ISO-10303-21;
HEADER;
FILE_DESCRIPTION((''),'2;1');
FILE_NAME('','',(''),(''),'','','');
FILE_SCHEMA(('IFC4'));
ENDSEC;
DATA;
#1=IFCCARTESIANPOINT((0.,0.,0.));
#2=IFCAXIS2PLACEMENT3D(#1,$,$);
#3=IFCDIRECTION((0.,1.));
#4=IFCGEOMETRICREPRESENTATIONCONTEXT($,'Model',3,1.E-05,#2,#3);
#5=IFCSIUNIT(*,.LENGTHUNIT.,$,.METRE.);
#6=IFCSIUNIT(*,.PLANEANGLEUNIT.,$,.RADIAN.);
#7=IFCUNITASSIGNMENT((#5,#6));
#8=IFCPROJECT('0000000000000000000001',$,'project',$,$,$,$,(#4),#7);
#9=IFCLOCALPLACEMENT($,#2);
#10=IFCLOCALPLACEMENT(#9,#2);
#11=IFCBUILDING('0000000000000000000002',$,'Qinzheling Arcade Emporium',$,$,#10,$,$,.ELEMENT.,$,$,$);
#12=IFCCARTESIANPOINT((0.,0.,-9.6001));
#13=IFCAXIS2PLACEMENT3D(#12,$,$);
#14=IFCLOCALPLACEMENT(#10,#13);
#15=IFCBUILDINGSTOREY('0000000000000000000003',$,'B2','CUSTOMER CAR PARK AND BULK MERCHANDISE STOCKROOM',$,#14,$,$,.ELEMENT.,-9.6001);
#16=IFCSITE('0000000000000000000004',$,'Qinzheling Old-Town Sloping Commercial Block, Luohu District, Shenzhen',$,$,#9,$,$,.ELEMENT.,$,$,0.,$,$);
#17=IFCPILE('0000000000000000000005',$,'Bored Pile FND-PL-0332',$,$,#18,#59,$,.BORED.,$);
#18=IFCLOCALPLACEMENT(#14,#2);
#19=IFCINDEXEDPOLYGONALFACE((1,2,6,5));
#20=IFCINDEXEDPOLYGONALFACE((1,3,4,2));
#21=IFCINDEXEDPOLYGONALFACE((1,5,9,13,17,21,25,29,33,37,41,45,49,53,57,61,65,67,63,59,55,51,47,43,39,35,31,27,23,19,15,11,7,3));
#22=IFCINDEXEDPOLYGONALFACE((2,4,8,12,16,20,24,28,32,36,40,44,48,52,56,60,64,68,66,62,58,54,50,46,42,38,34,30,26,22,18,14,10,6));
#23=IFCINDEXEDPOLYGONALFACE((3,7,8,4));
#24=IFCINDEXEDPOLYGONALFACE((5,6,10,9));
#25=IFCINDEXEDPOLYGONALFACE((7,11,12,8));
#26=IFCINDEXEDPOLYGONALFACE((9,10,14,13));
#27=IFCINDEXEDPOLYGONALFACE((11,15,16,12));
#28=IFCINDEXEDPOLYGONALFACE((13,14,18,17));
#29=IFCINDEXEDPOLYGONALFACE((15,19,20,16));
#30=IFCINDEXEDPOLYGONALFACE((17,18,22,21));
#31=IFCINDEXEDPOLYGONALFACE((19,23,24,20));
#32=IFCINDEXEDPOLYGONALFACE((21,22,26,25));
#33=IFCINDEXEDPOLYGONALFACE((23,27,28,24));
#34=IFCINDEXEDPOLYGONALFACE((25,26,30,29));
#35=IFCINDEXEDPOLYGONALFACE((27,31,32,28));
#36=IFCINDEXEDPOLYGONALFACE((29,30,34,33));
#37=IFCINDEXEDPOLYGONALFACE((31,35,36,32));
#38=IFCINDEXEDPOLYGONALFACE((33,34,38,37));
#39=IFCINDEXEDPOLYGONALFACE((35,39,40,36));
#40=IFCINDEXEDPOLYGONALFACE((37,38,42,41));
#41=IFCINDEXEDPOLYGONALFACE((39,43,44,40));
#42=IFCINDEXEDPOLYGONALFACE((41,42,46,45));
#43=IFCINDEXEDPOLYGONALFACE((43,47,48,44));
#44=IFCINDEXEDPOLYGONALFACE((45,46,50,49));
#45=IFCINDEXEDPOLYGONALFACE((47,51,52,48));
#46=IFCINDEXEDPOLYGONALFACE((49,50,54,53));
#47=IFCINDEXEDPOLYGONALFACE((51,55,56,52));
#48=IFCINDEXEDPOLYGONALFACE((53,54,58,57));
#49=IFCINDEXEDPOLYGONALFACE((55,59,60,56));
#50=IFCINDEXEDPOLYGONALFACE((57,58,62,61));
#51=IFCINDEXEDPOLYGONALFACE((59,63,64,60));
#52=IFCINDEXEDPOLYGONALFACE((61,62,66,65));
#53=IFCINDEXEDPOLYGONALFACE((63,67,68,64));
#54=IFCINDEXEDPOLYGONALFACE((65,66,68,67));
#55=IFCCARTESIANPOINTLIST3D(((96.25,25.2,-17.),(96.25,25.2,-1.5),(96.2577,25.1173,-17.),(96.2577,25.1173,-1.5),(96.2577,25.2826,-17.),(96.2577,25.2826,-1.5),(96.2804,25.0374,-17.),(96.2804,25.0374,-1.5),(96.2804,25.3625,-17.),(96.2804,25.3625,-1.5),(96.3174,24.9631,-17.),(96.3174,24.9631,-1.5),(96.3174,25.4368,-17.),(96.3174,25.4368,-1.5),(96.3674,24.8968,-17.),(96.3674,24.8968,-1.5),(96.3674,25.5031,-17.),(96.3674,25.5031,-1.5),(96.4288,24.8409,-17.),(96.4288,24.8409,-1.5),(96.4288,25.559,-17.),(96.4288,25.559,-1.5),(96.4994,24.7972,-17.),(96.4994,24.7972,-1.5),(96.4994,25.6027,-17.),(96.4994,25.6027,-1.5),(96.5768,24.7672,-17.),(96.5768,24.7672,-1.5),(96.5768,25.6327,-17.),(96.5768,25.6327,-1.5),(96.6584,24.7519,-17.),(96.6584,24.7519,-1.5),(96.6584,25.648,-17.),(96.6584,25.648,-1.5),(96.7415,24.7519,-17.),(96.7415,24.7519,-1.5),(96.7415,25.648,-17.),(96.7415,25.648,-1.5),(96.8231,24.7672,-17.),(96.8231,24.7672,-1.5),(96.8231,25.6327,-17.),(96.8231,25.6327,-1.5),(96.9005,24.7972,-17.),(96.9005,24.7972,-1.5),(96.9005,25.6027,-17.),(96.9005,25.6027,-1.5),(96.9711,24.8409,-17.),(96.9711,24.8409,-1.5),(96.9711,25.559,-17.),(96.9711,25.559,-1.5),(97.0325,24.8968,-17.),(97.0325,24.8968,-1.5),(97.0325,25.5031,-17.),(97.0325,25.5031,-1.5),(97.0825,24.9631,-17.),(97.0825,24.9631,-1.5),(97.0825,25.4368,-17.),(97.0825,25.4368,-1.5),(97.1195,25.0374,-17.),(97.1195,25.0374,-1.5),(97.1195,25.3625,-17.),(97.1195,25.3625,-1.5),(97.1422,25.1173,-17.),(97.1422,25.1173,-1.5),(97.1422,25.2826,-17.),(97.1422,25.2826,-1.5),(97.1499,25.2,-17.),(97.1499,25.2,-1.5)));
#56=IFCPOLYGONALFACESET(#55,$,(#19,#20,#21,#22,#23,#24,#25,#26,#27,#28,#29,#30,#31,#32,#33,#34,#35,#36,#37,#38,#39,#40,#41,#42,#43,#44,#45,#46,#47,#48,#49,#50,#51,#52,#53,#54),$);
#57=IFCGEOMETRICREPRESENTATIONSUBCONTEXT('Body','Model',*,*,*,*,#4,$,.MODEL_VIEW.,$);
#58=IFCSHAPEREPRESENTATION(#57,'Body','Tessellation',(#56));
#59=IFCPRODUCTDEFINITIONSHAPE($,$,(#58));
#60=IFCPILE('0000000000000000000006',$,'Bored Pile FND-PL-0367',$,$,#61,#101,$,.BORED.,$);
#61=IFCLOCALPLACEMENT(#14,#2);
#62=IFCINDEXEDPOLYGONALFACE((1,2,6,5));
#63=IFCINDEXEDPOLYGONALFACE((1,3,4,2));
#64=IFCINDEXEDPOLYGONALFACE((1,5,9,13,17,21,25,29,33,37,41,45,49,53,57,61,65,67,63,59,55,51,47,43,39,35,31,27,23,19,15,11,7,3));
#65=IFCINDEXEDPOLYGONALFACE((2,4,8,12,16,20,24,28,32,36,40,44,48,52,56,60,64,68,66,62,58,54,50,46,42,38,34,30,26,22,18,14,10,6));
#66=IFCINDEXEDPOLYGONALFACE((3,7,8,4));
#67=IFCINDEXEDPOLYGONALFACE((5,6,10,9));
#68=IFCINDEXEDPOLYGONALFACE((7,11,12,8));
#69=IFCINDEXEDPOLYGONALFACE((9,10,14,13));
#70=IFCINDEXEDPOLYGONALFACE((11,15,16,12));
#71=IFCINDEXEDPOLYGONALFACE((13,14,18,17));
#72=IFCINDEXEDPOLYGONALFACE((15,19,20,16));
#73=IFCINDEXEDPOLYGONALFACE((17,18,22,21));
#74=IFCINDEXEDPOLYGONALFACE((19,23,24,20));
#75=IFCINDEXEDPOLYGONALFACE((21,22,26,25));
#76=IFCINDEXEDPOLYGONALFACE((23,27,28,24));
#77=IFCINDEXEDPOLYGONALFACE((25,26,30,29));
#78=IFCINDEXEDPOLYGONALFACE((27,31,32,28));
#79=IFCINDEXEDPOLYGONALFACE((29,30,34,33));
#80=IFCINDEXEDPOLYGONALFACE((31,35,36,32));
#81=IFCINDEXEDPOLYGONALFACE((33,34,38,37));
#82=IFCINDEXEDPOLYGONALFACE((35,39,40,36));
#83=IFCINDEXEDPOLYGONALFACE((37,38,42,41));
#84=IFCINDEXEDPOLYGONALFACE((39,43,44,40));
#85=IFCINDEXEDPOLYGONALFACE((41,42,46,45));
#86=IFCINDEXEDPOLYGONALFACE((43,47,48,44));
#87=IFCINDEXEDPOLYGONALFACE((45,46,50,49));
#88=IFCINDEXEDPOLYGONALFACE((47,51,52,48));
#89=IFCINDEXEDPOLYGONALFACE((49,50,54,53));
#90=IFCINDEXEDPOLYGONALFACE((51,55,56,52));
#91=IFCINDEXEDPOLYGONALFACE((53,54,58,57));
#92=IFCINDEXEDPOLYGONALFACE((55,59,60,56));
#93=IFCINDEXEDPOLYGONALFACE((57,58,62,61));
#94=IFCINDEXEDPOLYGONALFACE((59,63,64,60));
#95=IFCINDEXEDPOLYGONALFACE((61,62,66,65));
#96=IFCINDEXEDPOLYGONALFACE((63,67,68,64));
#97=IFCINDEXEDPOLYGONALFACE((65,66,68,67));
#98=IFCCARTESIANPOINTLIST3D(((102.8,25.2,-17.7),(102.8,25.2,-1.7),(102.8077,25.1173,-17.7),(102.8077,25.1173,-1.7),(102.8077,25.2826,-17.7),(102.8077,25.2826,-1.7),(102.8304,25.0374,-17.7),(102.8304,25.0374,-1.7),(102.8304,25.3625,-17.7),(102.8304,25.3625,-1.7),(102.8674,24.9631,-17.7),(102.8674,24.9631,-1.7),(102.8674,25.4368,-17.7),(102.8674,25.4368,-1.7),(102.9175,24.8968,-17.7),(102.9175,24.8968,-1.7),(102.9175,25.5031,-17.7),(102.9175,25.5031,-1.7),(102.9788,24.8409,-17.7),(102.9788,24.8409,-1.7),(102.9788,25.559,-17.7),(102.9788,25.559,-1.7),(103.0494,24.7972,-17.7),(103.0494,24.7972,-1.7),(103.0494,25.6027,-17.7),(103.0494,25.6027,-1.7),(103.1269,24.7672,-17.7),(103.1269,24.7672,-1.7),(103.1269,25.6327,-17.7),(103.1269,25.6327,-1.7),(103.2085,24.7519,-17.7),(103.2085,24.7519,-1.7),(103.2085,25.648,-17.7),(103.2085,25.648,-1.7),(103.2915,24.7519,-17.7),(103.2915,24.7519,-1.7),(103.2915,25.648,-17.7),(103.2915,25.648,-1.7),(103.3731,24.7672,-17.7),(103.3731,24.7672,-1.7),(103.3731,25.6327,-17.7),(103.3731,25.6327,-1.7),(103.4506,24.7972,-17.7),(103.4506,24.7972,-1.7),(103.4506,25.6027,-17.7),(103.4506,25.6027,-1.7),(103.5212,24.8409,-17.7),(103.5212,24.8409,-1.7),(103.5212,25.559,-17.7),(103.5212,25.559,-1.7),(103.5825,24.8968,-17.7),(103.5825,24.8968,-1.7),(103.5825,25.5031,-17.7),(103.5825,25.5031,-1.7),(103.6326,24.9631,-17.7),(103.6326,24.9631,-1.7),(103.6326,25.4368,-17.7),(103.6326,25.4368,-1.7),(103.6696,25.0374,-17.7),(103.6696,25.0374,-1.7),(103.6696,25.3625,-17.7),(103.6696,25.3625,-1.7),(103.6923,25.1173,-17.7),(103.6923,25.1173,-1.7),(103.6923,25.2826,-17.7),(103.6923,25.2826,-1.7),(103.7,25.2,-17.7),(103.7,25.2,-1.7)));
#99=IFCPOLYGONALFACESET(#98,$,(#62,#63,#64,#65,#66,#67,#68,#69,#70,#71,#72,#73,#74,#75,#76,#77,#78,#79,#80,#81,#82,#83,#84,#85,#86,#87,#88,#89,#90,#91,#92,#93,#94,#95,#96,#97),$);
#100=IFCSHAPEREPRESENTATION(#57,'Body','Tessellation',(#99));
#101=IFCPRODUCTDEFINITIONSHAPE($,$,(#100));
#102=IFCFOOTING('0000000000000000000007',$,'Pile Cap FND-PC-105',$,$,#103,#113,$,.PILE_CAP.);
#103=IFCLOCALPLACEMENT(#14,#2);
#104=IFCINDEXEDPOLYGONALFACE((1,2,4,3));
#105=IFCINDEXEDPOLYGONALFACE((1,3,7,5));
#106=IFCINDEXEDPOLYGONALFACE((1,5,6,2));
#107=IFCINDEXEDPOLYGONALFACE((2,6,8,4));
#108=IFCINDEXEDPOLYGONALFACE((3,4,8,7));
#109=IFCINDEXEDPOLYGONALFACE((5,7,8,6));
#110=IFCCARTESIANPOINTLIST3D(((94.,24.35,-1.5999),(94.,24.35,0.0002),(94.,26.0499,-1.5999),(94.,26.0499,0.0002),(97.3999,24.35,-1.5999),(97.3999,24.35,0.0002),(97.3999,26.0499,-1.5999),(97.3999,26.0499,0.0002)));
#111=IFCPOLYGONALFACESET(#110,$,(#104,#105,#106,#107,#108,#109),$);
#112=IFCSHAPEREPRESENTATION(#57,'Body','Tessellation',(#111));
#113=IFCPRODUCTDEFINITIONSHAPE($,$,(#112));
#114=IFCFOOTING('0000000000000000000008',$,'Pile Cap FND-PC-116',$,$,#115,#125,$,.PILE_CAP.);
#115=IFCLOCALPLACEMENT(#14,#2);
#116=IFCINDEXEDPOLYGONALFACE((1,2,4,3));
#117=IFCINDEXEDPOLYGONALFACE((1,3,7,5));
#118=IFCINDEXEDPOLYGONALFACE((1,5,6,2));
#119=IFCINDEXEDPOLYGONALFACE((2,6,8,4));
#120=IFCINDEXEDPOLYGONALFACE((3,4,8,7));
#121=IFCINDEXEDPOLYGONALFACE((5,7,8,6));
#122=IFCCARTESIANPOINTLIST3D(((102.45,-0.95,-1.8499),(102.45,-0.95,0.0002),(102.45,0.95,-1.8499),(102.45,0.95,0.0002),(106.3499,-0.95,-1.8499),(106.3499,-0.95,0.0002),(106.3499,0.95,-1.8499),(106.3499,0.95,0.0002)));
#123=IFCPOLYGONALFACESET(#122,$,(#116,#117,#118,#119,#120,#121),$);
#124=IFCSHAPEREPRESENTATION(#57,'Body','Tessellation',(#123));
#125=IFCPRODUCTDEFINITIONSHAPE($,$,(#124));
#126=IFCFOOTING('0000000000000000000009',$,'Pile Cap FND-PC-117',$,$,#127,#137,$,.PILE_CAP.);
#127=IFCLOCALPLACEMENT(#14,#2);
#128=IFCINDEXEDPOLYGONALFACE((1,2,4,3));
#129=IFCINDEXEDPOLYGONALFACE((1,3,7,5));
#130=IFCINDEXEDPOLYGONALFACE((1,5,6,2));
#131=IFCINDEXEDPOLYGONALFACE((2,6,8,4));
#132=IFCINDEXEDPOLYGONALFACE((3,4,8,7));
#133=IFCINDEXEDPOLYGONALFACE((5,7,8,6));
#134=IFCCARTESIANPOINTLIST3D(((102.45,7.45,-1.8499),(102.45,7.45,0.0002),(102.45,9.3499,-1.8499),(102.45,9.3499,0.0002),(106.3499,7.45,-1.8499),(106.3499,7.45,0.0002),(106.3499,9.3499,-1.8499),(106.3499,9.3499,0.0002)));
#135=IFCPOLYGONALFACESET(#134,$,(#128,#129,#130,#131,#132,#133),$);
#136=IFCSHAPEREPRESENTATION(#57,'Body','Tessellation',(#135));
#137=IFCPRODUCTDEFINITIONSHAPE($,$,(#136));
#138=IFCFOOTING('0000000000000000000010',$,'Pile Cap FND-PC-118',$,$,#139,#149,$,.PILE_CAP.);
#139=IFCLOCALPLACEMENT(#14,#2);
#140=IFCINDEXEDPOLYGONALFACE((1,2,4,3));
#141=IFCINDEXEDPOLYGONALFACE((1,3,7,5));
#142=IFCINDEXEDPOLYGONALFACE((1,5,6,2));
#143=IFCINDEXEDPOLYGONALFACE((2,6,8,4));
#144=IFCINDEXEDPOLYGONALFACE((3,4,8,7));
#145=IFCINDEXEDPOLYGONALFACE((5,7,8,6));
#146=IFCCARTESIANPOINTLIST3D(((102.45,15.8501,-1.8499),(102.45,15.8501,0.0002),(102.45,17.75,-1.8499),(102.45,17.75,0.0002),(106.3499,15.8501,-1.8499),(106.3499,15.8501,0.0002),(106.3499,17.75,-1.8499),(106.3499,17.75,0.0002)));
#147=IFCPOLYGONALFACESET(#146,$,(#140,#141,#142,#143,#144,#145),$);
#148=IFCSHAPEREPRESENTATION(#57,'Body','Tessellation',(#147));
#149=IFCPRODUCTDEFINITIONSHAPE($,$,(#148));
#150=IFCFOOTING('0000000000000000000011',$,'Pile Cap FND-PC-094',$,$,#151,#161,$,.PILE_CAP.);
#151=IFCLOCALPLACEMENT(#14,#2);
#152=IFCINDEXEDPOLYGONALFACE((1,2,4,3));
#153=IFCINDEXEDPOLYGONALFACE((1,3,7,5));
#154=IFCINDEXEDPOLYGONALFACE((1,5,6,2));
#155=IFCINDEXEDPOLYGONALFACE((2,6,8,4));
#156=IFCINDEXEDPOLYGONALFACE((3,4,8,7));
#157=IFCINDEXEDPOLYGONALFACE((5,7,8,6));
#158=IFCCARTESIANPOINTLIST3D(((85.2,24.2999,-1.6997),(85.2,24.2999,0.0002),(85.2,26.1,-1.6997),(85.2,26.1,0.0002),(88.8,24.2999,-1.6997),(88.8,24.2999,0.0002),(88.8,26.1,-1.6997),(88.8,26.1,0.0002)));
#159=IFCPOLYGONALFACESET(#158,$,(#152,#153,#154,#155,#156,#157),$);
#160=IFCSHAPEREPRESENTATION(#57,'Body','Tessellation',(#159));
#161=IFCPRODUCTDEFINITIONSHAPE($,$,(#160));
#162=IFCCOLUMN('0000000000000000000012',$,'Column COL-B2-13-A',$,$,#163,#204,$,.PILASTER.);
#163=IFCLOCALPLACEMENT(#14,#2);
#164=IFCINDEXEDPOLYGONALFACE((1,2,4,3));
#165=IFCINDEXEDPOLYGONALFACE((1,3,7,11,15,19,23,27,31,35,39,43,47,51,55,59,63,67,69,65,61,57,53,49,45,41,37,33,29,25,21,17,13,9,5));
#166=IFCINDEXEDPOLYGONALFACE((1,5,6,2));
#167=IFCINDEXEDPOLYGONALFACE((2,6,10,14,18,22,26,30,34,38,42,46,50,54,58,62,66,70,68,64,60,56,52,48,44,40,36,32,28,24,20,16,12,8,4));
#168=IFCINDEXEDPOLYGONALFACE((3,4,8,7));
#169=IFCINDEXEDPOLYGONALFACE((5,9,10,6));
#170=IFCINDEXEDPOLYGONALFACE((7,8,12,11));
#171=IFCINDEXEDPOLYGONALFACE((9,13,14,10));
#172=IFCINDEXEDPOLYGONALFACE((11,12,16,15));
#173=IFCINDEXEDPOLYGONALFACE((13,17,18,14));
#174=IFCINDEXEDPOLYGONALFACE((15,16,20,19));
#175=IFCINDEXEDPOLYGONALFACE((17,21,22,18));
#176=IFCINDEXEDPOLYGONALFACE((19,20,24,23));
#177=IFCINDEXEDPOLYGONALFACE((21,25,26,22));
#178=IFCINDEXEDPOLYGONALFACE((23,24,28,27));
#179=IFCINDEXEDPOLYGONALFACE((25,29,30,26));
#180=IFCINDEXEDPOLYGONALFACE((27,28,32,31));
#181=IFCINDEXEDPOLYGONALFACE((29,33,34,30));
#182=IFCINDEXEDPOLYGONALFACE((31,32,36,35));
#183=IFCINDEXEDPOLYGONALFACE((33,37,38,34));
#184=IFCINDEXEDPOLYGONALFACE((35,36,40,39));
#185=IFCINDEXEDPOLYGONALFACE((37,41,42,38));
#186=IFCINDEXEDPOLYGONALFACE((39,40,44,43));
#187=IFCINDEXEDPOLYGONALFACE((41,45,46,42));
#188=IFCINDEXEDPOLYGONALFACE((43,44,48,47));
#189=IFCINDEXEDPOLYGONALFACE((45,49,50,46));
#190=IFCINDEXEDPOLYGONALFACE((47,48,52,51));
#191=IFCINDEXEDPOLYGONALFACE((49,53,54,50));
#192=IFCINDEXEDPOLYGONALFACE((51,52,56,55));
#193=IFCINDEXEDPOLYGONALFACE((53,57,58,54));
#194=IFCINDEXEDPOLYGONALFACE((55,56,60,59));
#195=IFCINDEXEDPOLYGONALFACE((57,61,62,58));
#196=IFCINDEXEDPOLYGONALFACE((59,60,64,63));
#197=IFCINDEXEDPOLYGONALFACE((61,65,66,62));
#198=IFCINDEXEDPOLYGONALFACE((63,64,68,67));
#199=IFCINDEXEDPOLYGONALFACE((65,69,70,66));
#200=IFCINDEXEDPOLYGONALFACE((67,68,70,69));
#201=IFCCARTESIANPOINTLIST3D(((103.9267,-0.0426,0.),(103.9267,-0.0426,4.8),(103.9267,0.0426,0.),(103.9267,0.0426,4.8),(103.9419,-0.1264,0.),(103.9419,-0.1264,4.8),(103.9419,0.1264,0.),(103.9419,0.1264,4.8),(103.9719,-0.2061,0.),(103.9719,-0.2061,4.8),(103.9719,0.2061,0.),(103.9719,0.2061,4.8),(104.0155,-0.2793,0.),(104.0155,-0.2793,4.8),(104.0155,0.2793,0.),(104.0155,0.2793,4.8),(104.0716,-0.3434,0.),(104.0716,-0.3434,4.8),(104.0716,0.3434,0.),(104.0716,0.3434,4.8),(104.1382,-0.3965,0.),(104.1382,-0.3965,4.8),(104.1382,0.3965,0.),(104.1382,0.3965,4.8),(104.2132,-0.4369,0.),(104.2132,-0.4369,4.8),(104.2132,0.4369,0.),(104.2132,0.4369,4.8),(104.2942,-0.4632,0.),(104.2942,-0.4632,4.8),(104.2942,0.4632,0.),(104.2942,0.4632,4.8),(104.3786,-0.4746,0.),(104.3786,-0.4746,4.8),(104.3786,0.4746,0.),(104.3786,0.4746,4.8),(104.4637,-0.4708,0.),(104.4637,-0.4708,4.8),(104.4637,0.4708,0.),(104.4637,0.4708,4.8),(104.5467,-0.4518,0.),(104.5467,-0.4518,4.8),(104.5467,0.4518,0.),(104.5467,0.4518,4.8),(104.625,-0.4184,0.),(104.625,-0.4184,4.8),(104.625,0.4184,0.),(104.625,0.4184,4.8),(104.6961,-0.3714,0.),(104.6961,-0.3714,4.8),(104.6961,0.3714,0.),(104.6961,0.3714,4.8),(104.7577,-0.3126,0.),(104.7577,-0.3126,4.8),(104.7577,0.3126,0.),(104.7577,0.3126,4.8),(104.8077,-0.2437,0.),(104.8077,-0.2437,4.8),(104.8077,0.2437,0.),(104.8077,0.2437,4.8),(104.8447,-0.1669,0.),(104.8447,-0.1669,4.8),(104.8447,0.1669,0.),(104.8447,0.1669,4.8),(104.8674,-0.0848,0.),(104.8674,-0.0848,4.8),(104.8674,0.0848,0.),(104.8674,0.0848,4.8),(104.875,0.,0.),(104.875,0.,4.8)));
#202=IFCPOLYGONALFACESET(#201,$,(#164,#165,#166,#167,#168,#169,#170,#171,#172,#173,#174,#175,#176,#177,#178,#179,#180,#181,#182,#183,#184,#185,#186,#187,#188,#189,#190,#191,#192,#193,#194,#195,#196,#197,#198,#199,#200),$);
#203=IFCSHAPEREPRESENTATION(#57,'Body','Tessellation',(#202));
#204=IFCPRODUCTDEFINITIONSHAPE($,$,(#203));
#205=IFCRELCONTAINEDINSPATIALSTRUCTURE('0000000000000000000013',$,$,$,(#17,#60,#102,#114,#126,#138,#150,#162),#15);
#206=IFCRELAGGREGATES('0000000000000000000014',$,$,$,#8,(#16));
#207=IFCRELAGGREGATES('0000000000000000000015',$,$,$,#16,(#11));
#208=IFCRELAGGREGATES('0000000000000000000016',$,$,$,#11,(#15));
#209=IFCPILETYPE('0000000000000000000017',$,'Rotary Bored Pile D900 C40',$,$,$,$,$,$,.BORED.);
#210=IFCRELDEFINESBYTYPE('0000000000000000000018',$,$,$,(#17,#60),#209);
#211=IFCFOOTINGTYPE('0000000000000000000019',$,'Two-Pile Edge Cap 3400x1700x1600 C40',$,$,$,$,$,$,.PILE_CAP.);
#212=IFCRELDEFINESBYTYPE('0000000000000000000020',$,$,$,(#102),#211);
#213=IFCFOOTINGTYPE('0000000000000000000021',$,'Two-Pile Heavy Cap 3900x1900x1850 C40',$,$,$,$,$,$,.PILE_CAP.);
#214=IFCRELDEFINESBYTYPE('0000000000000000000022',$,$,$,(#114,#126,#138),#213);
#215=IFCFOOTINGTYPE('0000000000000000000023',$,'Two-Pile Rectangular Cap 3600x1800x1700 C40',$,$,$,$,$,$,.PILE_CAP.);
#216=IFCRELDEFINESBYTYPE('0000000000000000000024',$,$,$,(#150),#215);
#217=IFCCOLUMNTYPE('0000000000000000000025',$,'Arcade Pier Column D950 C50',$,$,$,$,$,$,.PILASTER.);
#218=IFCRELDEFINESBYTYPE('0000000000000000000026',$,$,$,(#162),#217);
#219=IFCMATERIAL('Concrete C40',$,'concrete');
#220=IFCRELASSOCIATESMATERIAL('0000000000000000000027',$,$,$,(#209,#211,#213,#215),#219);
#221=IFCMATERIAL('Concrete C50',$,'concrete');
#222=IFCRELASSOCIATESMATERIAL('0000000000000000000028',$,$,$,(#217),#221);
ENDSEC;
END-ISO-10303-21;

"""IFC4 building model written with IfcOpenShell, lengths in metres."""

from ifc_helpers import new_model, si_unit, direction, frame, origin, origin_2d, place, context, subcontext, project, spatial, rectangle, circle, extrude, material, material_profile, profile_set, type_object, element, save


model = new_model("IFC4")

# Units and contexts
model_context = context("Model", 3, precision=1e-05, world=origin(), true_north=direction((0.0, 1.0)))
body_context = subcontext(model_context, "Body", "Model", "MODEL_VIEW")
ifc_project = project(units=[si_unit("LENGTHUNIT", "METRE"), si_unit("PLANEANGLEUNIT", "RADIAN")], contexts=[model_context])

# Site, building, storey
site_placement = place(None, origin())
site = spatial("IfcSite", under=ifc_project, at=site_placement, Name="Qinzheling Old-Town Sloping Commercial Block, Luohu District, Shenzhen", CompositionType="ELEMENT", RefElevation=0.0)
building_placement = place(site_placement, origin())
building = spatial("IfcBuilding", under=site, at=building_placement, Name="Qinzheling Arcade Emporium", CompositionType="ELEMENT")
storey_placement = place(building_placement, frame((0.0, 0.0, -9.6001)))
storey = spatial("IfcBuildingStorey", under=building, at=storey_placement, Name="B2", Description="CUSTOMER CAR PARK AND BULK MERCHANDISE STOCKROOM", CompositionType="ELEMENT", Elevation=-9.6001)

# Shared definitions
ifc_material_1 = material(Name="Concrete C40", Category="concrete")

# Piles
ifc_material_profile_1 = material_profile(ifc_material_1, circle(Radius=0.45, at=origin_2d()), Name="BORED D900", Category="concrete")
ifc_profile_set_1 = profile_set([ifc_material_profile_1], Name="Concrete C40")
pile_type_1 = type_object("IfcPileType", Name="Rotary Bored Pile D900 C40", PredefinedType="BORED", material=ifc_profile_set_1)
for number, where, z_axis, x_axis, name in (
    (1, (96.7, 25.2, -1.5), (0.0, 0.0, -1.0), (1.0, 0.0, 0.0), "Bored Pile FND-PL-0332"),
):
    element("IfcPile", number, at=place(storey_placement, frame(where, z_axis=z_axis, x_axis=x_axis)), inside=storey, type_object=pile_type_1, Name=name, PredefinedType="BORED", context=body_context, shape_type="SweptSolid", body=[
        extrude(circle(Radius=0.45, at=origin_2d()), origin(), (0.0, 0.0, 1.0), 15.5),
    ])
pile_placement = place(storey_placement, frame((103.25, 25.2, -1.7), z_axis=(0.0, 0.0, -1.0), x_axis=(1.0, 0.0, 0.0)))
element("IfcPile", 2, at=pile_placement, inside=storey, type_object=pile_type_1, Name="Bored Pile FND-PL-0367", PredefinedType="BORED", context=body_context, shape_type="SweptSolid", body=[
    extrude(circle(Radius=0.45, at=origin_2d()), origin(), (0.0, 0.0, 1.0), 16.0),
])

# Footings
footing_type_1 = type_object("IfcFootingType", Name="Two-Pile Edge Cap 3400x1700x1600 C40", PredefinedType="PILE_CAP", material=ifc_material_1)
footing_1_placement = place(storey_placement, frame((95.7, 25.2, -1.5999), z_axis=(0.0, 0.0, 1.0), x_axis=(1.0, 0.0, 0.0)))
element("IfcFooting", 3, at=footing_1_placement, inside=storey, type_object=footing_type_1, Name="Pile Cap FND-PC-105", PredefinedType="PILE_CAP", context=body_context, shape_type="SweptSolid", body=[
    extrude(rectangle(XDim=3.3999, YDim=1.7, at=origin_2d()), origin(), (0.0, 0.0, 1.0), 1.6001),
])
footing_type_2 = type_object("IfcFootingType", Name="Two-Pile Heavy Cap 3900x1900x1850 C40", PredefinedType="PILE_CAP", material=ifc_material_1)
for number, where, z_axis, x_axis, name in (
    (4, (104.3999, 0.0, -1.8499), (0.0, 0.0, 1.0), (1.0, 0.0, 0.0), "Pile Cap FND-PC-116"),
    (5, (104.3999, 8.3999, -1.8499), (0.0, 0.0, 1.0), (1.0, 0.0, 0.0), "Pile Cap FND-PC-117"),
    (6, (104.3999, 16.8, -1.8499), (0.0, 0.0, 1.0), (1.0, 0.0, 0.0), "Pile Cap FND-PC-118"),
):
    element("IfcFooting", number, at=place(storey_placement, frame(where, z_axis=z_axis, x_axis=x_axis)), inside=storey, type_object=footing_type_2, Name=name, PredefinedType="PILE_CAP", context=body_context, shape_type="SweptSolid", body=[
        extrude(rectangle(XDim=3.8999, YDim=1.8999, at=origin_2d()), origin(), (0.0, 0.0, 1.0), 1.8501),
    ])
footing_type_3 = type_object("IfcFootingType", Name="Two-Pile Rectangular Cap 3600x1800x1700 C40", PredefinedType="PILE_CAP", material=ifc_material_1)
footing_2_placement = place(storey_placement, frame((87.0, 25.2, -1.6997), z_axis=(0.0, 0.0, 1.0), x_axis=(1.0, 0.0, 0.0)))
element("IfcFooting", 7, at=footing_2_placement, inside=storey, type_object=footing_type_3, Name="Pile Cap FND-PC-094", PredefinedType="PILE_CAP", context=body_context, shape_type="SweptSolid", body=[
    extrude(rectangle(XDim=3.6001, YDim=1.8, at=origin_2d()), origin(), (0.0, 0.0, 1.0), 1.7),
])

# Column
ifc_material_2 = material(Name="Concrete C50", Category="concrete")
ifc_material_profile_2 = material_profile(ifc_material_2, circle(Radius=0.4751, at=origin_2d()), Name="RC D950", Category="concrete")
ifc_profile_set_2 = profile_set([ifc_material_profile_2], Name="Concrete C50")
column_type_1 = type_object("IfcColumnType", Name="Arcade Pier Column D950 C50", PredefinedType="PILASTER", material=ifc_profile_set_2)
column_placement = place(storey_placement, frame((104.3999, 0.0, 0.0), z_axis=(0.0, 0.0, 1.0), x_axis=(1.0, 0.0, 0.0)))
element("IfcColumn", 8, at=column_placement, inside=storey, type_object=column_type_1, Name="Column COL-B2-13-A", PredefinedType="PILASTER", context=body_context, shape_type="SweptSolid", body=[
    extrude(circle(Radius=0.4751, at=origin_2d()), origin(), (0.0, 0.0, 1.0), 4.8),
])

save(model, "model.ifc")
